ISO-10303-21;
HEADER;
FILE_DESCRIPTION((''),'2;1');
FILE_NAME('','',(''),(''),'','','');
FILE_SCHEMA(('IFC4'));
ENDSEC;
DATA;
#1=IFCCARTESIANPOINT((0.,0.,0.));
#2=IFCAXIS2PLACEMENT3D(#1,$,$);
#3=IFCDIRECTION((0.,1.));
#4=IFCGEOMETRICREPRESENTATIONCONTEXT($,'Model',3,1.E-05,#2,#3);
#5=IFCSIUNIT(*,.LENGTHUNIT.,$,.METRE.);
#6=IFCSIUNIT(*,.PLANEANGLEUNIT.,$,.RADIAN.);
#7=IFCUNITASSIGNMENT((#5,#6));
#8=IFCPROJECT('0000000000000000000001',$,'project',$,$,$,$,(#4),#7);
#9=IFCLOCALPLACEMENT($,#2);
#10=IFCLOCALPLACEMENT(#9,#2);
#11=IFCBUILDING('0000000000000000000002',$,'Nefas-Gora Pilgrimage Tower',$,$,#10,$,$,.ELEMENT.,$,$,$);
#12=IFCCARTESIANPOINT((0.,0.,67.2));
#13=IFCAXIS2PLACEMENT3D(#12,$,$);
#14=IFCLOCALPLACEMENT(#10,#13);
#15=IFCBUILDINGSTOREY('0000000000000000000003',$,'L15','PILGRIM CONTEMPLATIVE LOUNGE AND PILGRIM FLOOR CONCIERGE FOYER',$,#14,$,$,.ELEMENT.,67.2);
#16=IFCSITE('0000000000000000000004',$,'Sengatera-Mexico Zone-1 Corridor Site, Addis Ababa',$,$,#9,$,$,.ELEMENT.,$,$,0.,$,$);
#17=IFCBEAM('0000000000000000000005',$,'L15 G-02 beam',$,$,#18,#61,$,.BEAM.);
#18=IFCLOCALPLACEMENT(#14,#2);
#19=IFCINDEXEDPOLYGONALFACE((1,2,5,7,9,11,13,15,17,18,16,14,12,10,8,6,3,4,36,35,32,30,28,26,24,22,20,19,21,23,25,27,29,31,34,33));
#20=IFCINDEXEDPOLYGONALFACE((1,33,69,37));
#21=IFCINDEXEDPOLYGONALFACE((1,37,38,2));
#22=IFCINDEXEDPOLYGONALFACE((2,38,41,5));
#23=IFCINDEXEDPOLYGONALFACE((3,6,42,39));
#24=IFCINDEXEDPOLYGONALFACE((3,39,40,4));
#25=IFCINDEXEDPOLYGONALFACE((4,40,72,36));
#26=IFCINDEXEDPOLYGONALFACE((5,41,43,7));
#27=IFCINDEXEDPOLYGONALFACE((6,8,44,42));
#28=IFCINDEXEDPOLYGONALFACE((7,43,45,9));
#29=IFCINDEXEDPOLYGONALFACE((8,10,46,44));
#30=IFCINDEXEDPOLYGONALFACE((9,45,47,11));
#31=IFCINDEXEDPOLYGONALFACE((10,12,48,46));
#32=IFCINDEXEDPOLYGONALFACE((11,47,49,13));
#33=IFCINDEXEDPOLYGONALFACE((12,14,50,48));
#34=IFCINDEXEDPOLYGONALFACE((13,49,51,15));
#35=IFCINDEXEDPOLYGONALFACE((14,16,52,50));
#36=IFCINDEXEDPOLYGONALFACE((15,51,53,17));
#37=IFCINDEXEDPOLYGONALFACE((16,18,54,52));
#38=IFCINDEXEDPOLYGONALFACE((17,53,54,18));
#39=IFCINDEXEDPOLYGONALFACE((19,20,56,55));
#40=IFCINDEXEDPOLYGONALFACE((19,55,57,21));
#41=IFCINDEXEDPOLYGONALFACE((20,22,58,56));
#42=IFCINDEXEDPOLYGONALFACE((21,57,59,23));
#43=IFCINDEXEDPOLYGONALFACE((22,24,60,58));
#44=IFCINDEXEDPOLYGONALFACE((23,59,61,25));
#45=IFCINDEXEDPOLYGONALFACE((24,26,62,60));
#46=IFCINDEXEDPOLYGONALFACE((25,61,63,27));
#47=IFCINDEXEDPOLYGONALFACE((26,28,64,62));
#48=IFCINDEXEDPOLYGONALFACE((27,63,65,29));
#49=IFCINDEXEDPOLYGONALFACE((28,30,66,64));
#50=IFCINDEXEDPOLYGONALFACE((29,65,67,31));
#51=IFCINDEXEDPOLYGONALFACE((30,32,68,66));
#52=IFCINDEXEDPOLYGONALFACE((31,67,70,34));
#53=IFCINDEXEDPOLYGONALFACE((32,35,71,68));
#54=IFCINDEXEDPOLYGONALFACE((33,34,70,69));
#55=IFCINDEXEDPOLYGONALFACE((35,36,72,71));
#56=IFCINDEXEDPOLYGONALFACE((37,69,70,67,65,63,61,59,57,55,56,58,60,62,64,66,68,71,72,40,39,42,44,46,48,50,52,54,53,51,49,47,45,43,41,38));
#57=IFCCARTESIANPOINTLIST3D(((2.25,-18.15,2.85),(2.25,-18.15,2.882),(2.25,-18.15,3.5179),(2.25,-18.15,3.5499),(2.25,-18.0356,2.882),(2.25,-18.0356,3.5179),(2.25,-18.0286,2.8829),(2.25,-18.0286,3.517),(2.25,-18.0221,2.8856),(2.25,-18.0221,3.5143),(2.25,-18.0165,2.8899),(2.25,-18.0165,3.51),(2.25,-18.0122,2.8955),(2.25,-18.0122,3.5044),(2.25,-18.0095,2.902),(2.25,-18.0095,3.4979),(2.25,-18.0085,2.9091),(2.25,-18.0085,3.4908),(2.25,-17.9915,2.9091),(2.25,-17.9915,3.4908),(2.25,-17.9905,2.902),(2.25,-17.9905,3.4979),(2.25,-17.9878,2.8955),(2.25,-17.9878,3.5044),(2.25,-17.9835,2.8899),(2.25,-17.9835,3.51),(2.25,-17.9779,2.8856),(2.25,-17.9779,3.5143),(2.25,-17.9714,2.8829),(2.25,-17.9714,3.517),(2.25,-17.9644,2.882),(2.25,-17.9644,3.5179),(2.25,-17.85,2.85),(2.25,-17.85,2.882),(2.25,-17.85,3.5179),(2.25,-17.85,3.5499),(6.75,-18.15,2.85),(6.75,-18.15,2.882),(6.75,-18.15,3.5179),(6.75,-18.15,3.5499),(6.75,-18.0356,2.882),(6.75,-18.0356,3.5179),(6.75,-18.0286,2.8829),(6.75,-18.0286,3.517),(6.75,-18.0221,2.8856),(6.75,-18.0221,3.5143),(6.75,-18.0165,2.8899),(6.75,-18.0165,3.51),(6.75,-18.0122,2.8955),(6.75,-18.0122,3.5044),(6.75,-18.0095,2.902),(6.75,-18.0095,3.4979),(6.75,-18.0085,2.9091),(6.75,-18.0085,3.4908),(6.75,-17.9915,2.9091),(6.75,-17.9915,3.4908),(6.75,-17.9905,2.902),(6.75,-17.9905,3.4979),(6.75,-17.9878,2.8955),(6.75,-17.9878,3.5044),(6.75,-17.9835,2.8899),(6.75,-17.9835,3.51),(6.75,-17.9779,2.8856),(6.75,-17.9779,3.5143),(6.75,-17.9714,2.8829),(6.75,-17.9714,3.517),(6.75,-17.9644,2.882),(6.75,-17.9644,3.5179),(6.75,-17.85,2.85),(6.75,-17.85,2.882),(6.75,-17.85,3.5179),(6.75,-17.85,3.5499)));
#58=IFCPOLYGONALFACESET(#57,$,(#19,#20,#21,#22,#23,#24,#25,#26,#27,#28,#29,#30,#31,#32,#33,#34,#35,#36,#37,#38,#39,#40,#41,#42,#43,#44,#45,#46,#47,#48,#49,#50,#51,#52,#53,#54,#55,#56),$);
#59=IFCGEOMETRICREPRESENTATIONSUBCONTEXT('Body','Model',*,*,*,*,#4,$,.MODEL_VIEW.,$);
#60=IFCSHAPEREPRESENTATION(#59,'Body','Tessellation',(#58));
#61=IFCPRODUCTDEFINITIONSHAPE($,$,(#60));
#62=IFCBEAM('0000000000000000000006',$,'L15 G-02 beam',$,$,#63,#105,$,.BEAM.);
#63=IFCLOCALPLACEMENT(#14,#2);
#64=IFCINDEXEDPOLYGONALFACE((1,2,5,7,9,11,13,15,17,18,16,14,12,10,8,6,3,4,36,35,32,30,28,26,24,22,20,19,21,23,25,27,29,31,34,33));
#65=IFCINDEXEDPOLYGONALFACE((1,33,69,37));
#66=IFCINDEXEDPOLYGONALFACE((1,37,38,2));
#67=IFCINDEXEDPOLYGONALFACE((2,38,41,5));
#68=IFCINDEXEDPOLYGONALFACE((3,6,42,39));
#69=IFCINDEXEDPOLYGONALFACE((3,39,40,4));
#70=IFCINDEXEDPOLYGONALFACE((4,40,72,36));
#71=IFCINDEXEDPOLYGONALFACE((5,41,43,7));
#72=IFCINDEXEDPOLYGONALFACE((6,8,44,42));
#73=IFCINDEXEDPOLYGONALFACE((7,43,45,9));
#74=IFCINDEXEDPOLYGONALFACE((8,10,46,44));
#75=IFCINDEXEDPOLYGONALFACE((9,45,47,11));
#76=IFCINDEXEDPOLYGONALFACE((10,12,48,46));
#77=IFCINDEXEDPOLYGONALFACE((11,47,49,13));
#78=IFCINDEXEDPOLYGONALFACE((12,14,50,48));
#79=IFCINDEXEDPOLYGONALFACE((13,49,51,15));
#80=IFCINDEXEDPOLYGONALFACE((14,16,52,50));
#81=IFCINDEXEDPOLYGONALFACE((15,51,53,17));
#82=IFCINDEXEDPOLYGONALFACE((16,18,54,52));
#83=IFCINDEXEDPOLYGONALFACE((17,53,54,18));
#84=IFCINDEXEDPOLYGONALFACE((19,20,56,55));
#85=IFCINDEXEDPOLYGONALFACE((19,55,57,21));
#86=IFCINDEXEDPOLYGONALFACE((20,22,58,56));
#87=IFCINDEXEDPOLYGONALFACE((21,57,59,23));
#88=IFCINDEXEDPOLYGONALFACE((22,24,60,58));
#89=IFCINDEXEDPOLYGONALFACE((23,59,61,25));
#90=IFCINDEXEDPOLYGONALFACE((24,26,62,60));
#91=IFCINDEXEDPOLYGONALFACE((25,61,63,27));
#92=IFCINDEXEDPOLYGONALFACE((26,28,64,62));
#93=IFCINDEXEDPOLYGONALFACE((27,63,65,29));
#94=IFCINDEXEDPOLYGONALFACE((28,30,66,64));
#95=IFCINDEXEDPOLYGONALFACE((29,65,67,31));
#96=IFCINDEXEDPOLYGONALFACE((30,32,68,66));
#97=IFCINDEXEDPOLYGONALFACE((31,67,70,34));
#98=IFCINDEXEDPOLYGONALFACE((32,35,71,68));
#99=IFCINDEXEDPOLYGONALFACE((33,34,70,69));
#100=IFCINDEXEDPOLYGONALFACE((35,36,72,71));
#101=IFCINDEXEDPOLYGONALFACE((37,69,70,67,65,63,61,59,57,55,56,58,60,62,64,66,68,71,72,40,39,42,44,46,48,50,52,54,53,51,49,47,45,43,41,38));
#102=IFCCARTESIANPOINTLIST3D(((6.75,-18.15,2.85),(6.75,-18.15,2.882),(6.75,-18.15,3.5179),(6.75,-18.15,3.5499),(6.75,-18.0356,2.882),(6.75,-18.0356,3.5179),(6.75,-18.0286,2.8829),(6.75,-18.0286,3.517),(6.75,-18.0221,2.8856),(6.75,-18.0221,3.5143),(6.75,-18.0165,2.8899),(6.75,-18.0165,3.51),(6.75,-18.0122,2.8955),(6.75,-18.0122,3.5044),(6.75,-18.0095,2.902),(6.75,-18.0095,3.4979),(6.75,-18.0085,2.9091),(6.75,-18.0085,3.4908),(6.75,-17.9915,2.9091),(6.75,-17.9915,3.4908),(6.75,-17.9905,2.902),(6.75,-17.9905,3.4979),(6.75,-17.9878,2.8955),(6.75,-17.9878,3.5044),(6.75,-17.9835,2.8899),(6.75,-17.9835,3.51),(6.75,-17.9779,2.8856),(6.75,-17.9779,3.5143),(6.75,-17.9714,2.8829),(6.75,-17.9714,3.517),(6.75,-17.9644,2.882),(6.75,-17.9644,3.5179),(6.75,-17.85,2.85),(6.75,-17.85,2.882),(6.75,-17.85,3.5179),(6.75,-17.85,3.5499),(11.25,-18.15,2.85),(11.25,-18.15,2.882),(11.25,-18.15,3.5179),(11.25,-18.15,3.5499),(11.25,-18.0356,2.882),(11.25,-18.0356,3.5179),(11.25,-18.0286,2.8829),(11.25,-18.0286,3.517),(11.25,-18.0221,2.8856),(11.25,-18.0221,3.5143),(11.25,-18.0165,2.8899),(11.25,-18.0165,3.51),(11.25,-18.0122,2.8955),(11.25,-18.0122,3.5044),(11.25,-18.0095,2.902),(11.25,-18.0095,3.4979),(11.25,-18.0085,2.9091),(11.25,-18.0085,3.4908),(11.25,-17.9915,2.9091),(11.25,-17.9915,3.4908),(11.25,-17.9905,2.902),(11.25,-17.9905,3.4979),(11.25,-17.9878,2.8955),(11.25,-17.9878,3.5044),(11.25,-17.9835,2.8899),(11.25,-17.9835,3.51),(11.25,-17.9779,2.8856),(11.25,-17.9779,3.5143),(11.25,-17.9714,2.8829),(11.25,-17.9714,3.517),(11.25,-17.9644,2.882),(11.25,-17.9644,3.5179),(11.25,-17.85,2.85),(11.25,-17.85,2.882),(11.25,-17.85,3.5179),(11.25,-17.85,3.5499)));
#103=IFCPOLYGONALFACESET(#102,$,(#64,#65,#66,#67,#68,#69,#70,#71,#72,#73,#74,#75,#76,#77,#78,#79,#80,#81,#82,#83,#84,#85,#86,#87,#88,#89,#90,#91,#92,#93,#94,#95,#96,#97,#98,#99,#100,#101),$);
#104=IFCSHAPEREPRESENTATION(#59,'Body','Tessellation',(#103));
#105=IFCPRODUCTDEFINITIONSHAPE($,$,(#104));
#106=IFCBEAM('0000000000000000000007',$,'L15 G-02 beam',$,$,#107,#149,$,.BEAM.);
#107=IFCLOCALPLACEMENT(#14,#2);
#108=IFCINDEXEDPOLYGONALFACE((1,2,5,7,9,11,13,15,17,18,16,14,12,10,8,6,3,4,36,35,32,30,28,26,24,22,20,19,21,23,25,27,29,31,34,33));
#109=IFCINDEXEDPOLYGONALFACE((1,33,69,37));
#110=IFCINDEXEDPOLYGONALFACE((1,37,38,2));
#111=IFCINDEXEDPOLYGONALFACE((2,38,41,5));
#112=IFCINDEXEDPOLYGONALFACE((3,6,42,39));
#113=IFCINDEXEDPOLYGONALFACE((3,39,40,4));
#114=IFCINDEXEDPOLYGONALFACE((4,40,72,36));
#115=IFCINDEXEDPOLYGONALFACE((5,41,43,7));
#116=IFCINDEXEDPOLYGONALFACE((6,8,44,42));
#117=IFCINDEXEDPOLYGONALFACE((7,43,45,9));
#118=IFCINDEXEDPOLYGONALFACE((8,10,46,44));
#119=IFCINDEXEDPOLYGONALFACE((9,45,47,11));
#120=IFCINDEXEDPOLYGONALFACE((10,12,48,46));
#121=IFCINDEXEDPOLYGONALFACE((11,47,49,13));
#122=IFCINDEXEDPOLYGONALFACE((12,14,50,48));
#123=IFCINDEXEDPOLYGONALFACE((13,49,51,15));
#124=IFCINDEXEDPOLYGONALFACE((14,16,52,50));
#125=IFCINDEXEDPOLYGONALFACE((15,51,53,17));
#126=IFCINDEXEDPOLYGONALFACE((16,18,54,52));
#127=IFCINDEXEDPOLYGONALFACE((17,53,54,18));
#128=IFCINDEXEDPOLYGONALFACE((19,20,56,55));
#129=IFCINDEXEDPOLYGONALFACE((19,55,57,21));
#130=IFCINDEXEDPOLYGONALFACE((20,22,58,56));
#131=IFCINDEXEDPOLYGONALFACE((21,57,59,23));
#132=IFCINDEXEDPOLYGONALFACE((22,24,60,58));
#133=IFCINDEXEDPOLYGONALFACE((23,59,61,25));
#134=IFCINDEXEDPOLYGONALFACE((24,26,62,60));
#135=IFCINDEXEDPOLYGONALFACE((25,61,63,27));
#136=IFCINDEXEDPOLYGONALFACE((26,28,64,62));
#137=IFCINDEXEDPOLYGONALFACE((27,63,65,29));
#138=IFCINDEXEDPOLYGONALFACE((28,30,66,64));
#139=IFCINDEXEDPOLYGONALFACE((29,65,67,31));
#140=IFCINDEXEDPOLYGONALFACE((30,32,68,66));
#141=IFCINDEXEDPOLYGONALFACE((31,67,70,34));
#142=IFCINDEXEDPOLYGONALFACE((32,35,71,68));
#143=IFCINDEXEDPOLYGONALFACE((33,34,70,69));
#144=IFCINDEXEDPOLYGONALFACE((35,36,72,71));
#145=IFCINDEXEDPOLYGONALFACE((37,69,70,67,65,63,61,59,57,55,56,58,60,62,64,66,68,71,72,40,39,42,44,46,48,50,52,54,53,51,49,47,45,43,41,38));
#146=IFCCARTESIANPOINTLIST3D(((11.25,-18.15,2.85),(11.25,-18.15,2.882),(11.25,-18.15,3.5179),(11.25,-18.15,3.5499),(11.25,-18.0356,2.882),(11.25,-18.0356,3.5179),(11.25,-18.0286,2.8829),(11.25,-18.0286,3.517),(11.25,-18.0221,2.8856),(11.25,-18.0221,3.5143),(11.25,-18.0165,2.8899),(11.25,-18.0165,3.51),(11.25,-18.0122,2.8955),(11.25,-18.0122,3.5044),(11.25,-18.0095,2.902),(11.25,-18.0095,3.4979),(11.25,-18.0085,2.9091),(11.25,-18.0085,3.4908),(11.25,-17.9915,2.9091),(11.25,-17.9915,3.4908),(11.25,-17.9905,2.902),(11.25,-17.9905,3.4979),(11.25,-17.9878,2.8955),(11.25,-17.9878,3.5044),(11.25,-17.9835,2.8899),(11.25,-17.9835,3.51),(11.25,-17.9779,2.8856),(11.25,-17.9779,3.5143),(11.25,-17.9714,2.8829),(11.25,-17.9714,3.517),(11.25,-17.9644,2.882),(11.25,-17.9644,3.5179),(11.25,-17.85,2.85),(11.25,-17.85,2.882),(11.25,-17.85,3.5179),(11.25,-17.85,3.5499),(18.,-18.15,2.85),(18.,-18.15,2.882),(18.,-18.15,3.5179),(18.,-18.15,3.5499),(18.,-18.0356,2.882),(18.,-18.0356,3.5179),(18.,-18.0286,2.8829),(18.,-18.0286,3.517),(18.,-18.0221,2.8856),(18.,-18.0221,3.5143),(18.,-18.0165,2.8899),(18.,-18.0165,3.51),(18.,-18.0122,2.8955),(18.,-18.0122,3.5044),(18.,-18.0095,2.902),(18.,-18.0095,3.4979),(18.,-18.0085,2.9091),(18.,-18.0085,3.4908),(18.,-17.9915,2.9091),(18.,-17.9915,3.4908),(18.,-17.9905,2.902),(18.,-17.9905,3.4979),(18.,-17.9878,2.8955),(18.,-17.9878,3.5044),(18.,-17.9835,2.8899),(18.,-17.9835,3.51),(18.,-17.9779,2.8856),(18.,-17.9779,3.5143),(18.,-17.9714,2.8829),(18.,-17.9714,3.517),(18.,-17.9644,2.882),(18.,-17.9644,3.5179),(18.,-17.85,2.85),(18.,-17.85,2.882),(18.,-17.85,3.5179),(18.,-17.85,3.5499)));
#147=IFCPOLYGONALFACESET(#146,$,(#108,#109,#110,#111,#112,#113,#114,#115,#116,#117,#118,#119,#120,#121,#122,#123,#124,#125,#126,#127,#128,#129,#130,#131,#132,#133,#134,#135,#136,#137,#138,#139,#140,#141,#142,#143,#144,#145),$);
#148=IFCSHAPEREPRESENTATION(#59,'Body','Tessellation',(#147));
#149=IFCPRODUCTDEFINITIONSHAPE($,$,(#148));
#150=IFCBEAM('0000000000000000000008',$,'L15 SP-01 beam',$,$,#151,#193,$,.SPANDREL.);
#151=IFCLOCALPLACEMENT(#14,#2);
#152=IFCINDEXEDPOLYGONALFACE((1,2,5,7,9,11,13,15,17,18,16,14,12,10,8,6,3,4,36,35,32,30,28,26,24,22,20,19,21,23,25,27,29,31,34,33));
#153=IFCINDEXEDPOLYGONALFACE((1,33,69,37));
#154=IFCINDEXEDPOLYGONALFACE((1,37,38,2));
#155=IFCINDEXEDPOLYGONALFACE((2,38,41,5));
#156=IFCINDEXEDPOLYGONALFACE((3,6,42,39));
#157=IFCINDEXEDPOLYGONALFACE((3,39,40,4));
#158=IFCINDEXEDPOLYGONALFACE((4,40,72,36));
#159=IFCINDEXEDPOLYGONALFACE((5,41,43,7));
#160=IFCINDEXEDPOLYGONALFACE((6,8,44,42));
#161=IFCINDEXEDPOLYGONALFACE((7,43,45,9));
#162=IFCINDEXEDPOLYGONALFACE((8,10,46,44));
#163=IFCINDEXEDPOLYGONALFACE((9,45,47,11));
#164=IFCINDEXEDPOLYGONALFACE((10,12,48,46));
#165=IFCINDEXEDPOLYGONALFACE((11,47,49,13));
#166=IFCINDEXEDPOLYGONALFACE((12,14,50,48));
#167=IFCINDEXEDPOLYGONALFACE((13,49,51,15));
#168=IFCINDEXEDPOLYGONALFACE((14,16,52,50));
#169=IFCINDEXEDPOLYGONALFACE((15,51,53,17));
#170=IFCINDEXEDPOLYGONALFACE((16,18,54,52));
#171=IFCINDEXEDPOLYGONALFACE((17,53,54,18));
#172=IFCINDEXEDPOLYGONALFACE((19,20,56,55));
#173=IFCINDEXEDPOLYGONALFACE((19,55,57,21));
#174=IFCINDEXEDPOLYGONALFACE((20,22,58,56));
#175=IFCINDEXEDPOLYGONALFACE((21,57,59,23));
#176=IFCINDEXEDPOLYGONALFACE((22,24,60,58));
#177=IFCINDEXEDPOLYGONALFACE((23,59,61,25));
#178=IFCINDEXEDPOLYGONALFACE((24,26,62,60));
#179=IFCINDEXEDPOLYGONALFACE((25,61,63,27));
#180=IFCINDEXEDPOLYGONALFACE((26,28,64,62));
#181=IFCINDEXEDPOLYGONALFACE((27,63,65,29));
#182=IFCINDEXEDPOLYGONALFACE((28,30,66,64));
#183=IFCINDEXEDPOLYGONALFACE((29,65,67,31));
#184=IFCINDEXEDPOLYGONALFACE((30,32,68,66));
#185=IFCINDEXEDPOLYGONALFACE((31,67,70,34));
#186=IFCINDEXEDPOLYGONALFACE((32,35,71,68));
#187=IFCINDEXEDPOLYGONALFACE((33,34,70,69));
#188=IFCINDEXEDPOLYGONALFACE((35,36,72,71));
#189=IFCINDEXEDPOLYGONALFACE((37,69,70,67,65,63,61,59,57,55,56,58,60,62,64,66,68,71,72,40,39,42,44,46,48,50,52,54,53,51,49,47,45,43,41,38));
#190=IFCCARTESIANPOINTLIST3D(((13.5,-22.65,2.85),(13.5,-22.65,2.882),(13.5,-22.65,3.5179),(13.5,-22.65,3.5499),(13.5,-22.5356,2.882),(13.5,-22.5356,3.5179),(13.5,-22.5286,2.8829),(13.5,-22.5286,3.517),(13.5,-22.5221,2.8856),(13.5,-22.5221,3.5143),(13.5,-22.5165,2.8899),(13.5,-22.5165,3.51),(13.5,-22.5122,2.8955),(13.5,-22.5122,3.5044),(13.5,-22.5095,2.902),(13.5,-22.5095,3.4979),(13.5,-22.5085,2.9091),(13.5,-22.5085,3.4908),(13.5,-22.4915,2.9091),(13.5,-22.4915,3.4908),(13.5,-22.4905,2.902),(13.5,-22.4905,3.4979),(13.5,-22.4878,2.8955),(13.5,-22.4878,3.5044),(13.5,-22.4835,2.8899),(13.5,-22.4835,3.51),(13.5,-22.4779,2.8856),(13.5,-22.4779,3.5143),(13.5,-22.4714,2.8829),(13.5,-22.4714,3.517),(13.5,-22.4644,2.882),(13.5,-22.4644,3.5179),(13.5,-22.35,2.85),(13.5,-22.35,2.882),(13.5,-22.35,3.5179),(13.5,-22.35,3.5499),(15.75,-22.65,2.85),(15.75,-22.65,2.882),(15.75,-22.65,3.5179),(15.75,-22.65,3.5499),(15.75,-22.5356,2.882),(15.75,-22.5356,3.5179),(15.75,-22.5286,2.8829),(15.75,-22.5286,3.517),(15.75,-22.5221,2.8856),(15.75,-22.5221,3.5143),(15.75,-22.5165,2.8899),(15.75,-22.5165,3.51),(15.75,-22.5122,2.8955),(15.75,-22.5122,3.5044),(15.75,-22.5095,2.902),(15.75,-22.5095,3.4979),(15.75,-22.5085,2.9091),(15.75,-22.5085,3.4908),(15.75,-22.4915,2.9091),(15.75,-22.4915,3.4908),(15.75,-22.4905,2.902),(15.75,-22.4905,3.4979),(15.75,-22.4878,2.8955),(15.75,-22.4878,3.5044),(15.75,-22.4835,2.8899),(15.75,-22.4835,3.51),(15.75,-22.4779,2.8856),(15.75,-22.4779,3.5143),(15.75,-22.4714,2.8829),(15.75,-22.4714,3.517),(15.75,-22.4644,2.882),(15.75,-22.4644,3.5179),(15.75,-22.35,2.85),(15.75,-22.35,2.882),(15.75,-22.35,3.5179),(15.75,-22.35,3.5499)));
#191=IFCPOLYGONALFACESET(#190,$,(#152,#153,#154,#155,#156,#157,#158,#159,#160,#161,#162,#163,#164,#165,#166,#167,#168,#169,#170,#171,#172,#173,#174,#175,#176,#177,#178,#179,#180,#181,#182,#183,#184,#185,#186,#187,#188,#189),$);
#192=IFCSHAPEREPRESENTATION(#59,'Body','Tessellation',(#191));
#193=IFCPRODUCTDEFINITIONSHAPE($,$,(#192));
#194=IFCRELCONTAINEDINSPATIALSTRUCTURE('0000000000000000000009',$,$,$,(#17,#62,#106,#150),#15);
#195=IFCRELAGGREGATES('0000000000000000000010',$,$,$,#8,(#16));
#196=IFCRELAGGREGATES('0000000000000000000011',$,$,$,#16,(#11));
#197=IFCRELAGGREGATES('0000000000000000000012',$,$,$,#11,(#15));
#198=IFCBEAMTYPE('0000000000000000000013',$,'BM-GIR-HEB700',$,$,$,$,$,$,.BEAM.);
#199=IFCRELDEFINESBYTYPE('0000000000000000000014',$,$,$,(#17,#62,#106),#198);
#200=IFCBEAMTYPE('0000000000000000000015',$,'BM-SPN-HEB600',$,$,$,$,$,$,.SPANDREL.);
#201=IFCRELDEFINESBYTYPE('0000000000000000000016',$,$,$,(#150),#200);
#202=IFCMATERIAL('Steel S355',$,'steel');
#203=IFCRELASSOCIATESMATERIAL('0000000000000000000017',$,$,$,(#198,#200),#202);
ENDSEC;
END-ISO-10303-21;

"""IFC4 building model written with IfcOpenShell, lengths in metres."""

from ifc_helpers import new_model, si_unit, direction, frame, origin, origin_2d, place, context, subcontext, project, spatial, i_section, extrude, source, transform, mapped, material, material_profile, profile_set, type_object, element, save


model = new_model("IFC4")

# Units and contexts
model_context = context("Model", 3, precision=1e-05, world=origin(), true_north=direction((0.0, 1.0)))
body_context = subcontext(model_context, "Body", "Model", "MODEL_VIEW")
ifc_project = project(units=[si_unit("LENGTHUNIT", "METRE"), si_unit("PLANEANGLEUNIT", "RADIAN")], contexts=[model_context])

# Site, building, storey
site_placement = place(None, origin())
site = spatial("IfcSite", under=ifc_project, at=site_placement, Name="Sengatera-Mexico Zone-1 Corridor Site, Addis Ababa", CompositionType="ELEMENT", RefElevation=0.0)
building_placement = place(site_placement, origin())
building = spatial("IfcBuilding", under=site, at=building_placement, Name="Nefas-Gora Pilgrimage Tower", CompositionType="ELEMENT")
storey_placement = place(building_placement, frame((0.0, 0.0, 67.2)))
storey = spatial("IfcBuildingStorey", under=building, at=storey_placement, Name="L15", Description="PILGRIM CONTEMPLATIVE LOUNGE AND PILGRIM FLOOR CONCIERGE FOYER", CompositionType="ELEMENT", Elevation=67.2)

# Beams
ifc_material_1 = material(Name="Steel S355", Category="steel")
ifc_material_profile_1 = material_profile(ifc_material_1, i_section(OverallWidth=0.3, OverallDepth=0.7, WebThickness=0.0171, FlangeThickness=0.032, FilletRadius=0.0271, at=origin_2d()), Name="HEB 700")
ifc_profile_set_1 = profile_set([ifc_material_profile_1], Name="Steel S355")
beam_type_1 = type_object("IfcBeamType", Name="BM-GIR-HEB700", PredefinedType="BEAM", material=ifc_profile_set_1)
shared_shape_1 = source(origin(), body_context, "Body", "SweptSolid", [
    extrude(i_section(OverallWidth=0.3, OverallDepth=0.7, WebThickness=0.0171, FlangeThickness=0.032, FilletRadius=0.0271, at=origin_2d()), origin(), (0.0, 0.0, 1.0), 4.5),
])
for number, where, z_axis, x_axis, name in (
    (1, (2.25, -18.0, 3.2), (1.0, 0.0, 0.0), (0.0, 1.0, 0.0), "L15 G-02 beam"),
    (2, (6.75, -18.0, 3.2), (1.0, 0.0, 0.0), (0.0, 1.0, 0.0), "L15 G-02 beam"),
):
    element("IfcBeam", number, at=place(storey_placement, frame(where, z_axis=z_axis, x_axis=x_axis)), inside=storey, type_object=beam_type_1, Name=name, PredefinedType="BEAM", context=body_context, shape_type="MappedRepresentation", body=[
        mapped(shared_shape_1, transform((0.0, 0.0, 0.0), x_axis=(1.0, 0.0, 0.0), y_axis=(0.0, 1.0, 0.0), z_axis=(0.0, 0.0, 1.0), scale=1.0)),
    ])
shared_shape_2 = source(origin(), body_context, "Body", "SweptSolid", [
    extrude(i_section(OverallWidth=0.3, OverallDepth=0.7, WebThickness=0.0171, FlangeThickness=0.032, FilletRadius=0.0271, at=origin_2d()), origin(), (0.0, 0.0, 1.0), 6.75),
])
beam_placement = place(storey_placement, frame((11.25, -18.0, 3.2), z_axis=(1.0, 0.0, 0.0), x_axis=(0.0, 1.0, 0.0)))
element("IfcBeam", 3, at=beam_placement, inside=storey, type_object=beam_type_1, Name="L15 G-02 beam", PredefinedType="BEAM", context=body_context, shape_type="MappedRepresentation", body=[
    mapped(shared_shape_2, transform((0.0, 0.0, 0.0), x_axis=(1.0, 0.0, 0.0), y_axis=(0.0, 1.0, 0.0), z_axis=(0.0, 0.0, 1.0), scale=1.0)),
])
ifc_material_profile_2 = material_profile(ifc_material_1, i_section(OverallWidth=0.3, OverallDepth=0.7, WebThickness=0.0171, FlangeThickness=0.032, FilletRadius=0.0271, at=origin_2d()), Name="HEB 700")
ifc_profile_set_2 = profile_set([ifc_material_profile_2], Name="Steel S355")
beam_type_2 = type_object("IfcBeamType", Name="BM-SPN-HEB600", PredefinedType="SPANDREL", material=ifc_profile_set_2)
shared_shape_3 = source(origin(), body_context, "Body", "SweptSolid", [
    extrude(i_section(OverallWidth=0.3, OverallDepth=0.7, WebThickness=0.0171, FlangeThickness=0.032, FilletRadius=0.0271, at=origin_2d()), origin(), (0.0, 0.0, 1.0), 2.25),
])
for number, where, z_axis, x_axis, name in (
    (4, (13.5, -22.5, 3.2), (1.0, 0.0, 0.0), (0.0, 1.0, 0.0), "L15 SP-01 beam"),
):
    element("IfcBeam", number, at=place(storey_placement, frame(where, z_axis=z_axis, x_axis=x_axis)), inside=storey, type_object=beam_type_2, Name=name, PredefinedType="SPANDREL", context=body_context, shape_type="MappedRepresentation", body=[
        mapped(shared_shape_3, transform((0.0, 0.0, 0.0), x_axis=(1.0, 0.0, 0.0), y_axis=(0.0, 1.0, 0.0), z_axis=(0.0, 0.0, 1.0), scale=1.0)),
    ])

save(model, "model.ifc")
